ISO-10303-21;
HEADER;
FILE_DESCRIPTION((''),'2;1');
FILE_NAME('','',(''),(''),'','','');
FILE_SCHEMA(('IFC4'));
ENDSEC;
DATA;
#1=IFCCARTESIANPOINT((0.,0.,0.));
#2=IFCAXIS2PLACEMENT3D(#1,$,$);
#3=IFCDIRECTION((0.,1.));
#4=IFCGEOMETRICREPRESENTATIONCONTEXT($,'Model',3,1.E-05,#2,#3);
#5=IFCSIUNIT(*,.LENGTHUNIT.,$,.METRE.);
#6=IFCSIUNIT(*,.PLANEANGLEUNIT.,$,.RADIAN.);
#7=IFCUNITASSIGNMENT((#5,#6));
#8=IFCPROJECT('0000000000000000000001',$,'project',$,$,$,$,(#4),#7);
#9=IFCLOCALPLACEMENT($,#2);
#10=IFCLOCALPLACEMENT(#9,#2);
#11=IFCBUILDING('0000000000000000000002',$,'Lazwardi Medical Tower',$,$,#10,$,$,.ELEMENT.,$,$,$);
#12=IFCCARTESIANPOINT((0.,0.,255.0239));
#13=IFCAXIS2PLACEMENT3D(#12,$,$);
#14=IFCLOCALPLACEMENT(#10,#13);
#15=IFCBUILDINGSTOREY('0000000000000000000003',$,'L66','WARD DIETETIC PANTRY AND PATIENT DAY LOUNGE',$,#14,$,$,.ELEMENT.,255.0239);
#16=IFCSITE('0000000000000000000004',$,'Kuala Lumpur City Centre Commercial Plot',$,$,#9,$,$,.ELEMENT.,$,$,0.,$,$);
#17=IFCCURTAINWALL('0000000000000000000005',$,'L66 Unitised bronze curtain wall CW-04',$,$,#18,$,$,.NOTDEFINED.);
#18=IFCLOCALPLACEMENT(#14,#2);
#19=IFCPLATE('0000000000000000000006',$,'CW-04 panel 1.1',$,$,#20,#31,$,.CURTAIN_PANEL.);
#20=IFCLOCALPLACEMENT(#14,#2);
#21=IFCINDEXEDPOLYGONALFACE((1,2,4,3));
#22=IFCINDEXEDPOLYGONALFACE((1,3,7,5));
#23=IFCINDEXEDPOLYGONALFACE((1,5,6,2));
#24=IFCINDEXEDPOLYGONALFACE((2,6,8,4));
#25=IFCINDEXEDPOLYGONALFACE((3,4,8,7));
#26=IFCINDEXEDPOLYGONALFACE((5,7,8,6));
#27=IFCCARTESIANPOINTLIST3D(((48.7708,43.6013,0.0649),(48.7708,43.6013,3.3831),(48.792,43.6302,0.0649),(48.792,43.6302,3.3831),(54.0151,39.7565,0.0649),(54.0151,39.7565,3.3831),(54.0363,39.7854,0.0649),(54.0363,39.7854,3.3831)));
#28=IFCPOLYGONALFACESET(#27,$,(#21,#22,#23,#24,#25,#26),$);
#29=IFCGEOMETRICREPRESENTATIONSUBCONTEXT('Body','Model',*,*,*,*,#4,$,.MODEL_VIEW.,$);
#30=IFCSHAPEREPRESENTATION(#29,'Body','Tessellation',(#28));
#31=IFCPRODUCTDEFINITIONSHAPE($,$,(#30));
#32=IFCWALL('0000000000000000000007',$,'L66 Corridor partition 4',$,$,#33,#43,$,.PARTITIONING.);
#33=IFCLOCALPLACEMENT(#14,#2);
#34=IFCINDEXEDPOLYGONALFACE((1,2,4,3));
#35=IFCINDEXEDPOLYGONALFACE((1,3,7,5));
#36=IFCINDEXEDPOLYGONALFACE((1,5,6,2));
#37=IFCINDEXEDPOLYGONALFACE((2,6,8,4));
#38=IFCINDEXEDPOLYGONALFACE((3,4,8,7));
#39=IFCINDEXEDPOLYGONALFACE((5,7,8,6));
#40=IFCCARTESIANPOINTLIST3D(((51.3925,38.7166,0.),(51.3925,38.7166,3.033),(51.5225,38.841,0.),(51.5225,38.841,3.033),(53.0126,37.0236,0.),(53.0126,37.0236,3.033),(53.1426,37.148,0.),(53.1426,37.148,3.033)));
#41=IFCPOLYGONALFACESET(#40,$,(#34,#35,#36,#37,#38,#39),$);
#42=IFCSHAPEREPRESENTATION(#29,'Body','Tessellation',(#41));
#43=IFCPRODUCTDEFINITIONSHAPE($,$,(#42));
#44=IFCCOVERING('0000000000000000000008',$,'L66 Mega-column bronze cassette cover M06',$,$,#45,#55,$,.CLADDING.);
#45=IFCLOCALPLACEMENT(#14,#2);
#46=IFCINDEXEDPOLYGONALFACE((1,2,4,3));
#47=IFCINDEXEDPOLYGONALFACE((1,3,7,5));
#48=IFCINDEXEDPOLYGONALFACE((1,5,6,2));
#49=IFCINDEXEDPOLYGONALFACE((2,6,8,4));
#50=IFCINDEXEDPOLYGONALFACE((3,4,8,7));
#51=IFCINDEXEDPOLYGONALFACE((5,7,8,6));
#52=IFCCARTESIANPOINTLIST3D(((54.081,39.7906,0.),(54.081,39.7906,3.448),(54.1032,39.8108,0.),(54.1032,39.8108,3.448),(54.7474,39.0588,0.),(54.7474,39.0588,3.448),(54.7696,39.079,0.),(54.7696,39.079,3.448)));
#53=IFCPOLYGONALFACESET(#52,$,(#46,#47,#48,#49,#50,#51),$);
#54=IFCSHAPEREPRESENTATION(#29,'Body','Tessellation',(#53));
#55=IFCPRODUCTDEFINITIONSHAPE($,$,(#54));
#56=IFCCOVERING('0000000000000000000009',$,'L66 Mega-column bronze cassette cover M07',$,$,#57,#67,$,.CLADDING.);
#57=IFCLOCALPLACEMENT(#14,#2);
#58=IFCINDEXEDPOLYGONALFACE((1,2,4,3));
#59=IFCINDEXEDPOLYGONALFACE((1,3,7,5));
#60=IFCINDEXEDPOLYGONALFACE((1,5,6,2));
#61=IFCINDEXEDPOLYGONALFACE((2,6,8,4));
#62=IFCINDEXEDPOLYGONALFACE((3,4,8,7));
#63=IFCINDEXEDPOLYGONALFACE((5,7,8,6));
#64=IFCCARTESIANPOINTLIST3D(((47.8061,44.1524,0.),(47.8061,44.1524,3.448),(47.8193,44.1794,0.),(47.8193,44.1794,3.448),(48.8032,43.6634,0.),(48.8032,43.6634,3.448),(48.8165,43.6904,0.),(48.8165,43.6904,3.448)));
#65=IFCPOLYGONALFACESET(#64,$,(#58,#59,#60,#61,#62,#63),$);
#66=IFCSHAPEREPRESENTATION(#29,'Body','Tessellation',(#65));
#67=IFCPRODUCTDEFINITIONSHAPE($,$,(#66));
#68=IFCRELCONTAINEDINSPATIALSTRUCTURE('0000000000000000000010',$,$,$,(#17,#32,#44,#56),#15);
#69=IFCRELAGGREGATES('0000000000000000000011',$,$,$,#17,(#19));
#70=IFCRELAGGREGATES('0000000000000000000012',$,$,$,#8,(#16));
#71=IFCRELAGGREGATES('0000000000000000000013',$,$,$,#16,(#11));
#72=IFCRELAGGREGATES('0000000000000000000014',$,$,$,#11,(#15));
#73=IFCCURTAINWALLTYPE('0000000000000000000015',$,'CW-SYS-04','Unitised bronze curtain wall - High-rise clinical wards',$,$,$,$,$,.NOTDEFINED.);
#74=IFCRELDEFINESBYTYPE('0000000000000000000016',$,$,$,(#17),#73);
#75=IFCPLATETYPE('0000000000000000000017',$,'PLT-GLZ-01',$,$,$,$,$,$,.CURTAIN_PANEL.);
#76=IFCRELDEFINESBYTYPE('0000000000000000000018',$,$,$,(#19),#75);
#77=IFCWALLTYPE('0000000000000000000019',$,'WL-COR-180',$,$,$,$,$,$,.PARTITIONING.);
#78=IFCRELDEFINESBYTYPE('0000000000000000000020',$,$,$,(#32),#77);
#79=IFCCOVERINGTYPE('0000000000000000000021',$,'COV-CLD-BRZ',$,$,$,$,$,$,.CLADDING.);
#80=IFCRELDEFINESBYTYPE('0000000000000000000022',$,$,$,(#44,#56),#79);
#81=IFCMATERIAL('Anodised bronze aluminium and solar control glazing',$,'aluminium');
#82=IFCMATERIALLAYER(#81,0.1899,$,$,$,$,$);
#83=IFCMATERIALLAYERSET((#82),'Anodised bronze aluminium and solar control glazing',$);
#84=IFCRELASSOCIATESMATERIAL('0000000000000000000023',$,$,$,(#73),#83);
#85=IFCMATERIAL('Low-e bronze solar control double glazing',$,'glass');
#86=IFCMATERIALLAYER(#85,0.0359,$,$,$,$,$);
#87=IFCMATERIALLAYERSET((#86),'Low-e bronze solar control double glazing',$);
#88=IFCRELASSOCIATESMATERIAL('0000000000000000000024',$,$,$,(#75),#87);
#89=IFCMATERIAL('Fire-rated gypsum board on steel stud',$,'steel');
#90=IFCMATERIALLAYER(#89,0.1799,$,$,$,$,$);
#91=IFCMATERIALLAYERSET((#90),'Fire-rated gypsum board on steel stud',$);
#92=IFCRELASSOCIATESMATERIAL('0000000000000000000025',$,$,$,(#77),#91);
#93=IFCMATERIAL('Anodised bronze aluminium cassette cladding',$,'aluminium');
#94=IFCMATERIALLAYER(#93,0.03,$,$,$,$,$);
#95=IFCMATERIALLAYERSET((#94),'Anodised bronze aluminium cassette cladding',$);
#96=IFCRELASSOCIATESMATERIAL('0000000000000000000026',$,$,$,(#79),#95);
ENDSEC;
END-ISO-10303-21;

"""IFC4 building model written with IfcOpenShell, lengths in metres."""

from ifc_helpers import new_model, si_unit, direction, frame, frame_2d, origin, origin_2d, place, context, subcontext, project, spatial, rectangle, extrude, material, layer, layer_set, type_object, element, aggregate, save


model = new_model("IFC4")

# Units and contexts
model_context = context("Model", 3, precision=1e-05, world=origin(), true_north=direction((0.0, 1.0)))
body_context = subcontext(model_context, "Body", "Model", "MODEL_VIEW")
ifc_project = project(units=[si_unit("LENGTHUNIT", "METRE"), si_unit("PLANEANGLEUNIT", "RADIAN")], contexts=[model_context])

# Site, building, storey
site_placement = place(None, origin())
site = spatial("IfcSite", under=ifc_project, at=site_placement, Name="Kuala Lumpur City Centre Commercial Plot", CompositionType="ELEMENT", RefElevation=0.0)
building_placement = place(site_placement, origin())
building = spatial("IfcBuilding", under=site, at=building_placement, Name="Lazwardi Medical Tower", CompositionType="ELEMENT")
storey_placement = place(building_placement, frame((0.0, 0.0, 255.0239)))
storey = spatial("IfcBuildingStorey", under=building, at=storey_placement, Name="L66", Description="WARD DIETETIC PANTRY AND PATIENT DAY LOUNGE", CompositionType="ELEMENT", Elevation=255.0239)

# Shared definitions
ifc_material_1 = material(Name="Anodised bronze aluminium and solar control glazing", Category="aluminium")
ifc_layer_1 = layer(ifc_material_1, 0.1899)
ifc_layer_set_1 = layer_set([ifc_layer_1], Name="Anodised bronze aluminium and solar control glazing")
curtain_wall_type = type_object("IfcCurtainWallType", Name="CW-SYS-04", Description="Unitised bronze curtain wall - High-rise clinical wards", PredefinedType="NOTDEFINED", material=ifc_layer_set_1)

# Curtain wall
curtain_wall_1_placement = place(storey_placement, origin())
curtain_wall_1 = element("IfcCurtainWall", 1, at=curtain_wall_1_placement, inside=storey, type_object=curtain_wall_type, Name="L66 Unitised bronze curtain wall CW-04", PredefinedType="NOTDEFINED")

# Plate
ifc_material_2 = material(Name="Low-e bronze solar control double glazing", Category="glass")
ifc_layer_2 = layer(ifc_material_2, 0.0359)
ifc_layer_set_2 = layer_set([ifc_layer_2], Name="Low-e bronze solar control double glazing")
plate_type = type_object("IfcPlateType", Name="PLT-GLZ-01", PredefinedType="CURTAIN_PANEL", material=ifc_layer_set_2)
plate_placement = place(storey_placement, frame((51.4036, 41.6934, 0.0649), z_axis=(0.0, 0.0, 1.0), x_axis=(-0.806475, 0.591268, 0.0)))
plate = element("IfcPlate", 2, at=plate_placement, type_object=plate_type, Name="CW-04 panel 1.1", PredefinedType="CURTAIN_PANEL", context=body_context, shape_type="SweptSolid", body=[
    extrude(rectangle(XDim=6.5027, YDim=0.0359, at=origin_2d()), origin(), (0.0, 0.0, 1.0), 3.3181),
])
aggregate(curtain_wall_1, [plate])

# Wall
ifc_material_3 = material(Name="Fire-rated gypsum board on steel stud", Category="steel")
ifc_layer_3 = layer(ifc_material_3, 0.1799)
ifc_layer_set_3 = layer_set([ifc_layer_3], Name="Fire-rated gypsum board on steel stud")
wall_type = type_object("IfcWallType", Name="WL-COR-180", PredefinedType="PARTITIONING", material=ifc_layer_set_3)
wall_placement = place(storey_placement, frame((51.4575, 38.7788, 0.0), z_axis=(0.0, 0.0, 1.0), x_axis=(0.69136, -0.722511, 0.0)))
element("IfcWall", 3, at=wall_placement, inside=storey, type_object=wall_type, Name="L66 Corridor partition 4", PredefinedType="PARTITIONING", context=body_context, shape_type="SweptSolid", body=[
    extrude(rectangle(XDim=2.3433, YDim=0.1799, at=frame_2d((1.1716, 0.0))), origin(), (0.0, 0.0, 1.0), 3.033),
])

# Coverings
ifc_material_4 = material(Name="Anodised bronze aluminium cassette cladding", Category="aluminium")
ifc_layer_4 = layer(ifc_material_4, 0.03)
ifc_layer_set_4 = layer_set([ifc_layer_4], Name="Anodised bronze aluminium cassette cladding")
covering_type = type_object("IfcCoveringType", Name="COV-CLD-BRZ", PredefinedType="CLADDING", material=ifc_layer_set_4)
covering_1_placement = place(storey_placement, frame((54.4253, 39.4348, 0.0), z_axis=(0.0, 0.0, 1.0), x_axis=(-0.673241, 0.739423, 0.0)))
element("IfcCovering", 4, at=covering_1_placement, inside=storey, type_object=covering_type, Name="L66 Mega-column bronze cassette cover M06", PredefinedType="CLADDING", context=body_context, shape_type="SweptSolid", body=[
    extrude(rectangle(XDim=0.9897, YDim=0.03, at=origin_2d()), origin(), (0.0, 0.0, 1.0), 3.448),
])
covering_2_placement = place(storey_placement, frame((48.3113, 43.9214, 0.0), z_axis=(0.0, 0.0, 1.0), x_axis=(-0.89784, 0.440322, 0.0)))
element("IfcCovering", 5, at=covering_2_placement, inside=storey, type_object=covering_type, Name="L66 Mega-column bronze cassette cover M07", PredefinedType="CLADDING", context=body_context, shape_type="SweptSolid", body=[
    extrude(rectangle(XDim=1.1106, YDim=0.03, at=origin_2d()), origin(), (0.0, 0.0, 1.0), 3.448),
])

save(model, "model.ifc")
